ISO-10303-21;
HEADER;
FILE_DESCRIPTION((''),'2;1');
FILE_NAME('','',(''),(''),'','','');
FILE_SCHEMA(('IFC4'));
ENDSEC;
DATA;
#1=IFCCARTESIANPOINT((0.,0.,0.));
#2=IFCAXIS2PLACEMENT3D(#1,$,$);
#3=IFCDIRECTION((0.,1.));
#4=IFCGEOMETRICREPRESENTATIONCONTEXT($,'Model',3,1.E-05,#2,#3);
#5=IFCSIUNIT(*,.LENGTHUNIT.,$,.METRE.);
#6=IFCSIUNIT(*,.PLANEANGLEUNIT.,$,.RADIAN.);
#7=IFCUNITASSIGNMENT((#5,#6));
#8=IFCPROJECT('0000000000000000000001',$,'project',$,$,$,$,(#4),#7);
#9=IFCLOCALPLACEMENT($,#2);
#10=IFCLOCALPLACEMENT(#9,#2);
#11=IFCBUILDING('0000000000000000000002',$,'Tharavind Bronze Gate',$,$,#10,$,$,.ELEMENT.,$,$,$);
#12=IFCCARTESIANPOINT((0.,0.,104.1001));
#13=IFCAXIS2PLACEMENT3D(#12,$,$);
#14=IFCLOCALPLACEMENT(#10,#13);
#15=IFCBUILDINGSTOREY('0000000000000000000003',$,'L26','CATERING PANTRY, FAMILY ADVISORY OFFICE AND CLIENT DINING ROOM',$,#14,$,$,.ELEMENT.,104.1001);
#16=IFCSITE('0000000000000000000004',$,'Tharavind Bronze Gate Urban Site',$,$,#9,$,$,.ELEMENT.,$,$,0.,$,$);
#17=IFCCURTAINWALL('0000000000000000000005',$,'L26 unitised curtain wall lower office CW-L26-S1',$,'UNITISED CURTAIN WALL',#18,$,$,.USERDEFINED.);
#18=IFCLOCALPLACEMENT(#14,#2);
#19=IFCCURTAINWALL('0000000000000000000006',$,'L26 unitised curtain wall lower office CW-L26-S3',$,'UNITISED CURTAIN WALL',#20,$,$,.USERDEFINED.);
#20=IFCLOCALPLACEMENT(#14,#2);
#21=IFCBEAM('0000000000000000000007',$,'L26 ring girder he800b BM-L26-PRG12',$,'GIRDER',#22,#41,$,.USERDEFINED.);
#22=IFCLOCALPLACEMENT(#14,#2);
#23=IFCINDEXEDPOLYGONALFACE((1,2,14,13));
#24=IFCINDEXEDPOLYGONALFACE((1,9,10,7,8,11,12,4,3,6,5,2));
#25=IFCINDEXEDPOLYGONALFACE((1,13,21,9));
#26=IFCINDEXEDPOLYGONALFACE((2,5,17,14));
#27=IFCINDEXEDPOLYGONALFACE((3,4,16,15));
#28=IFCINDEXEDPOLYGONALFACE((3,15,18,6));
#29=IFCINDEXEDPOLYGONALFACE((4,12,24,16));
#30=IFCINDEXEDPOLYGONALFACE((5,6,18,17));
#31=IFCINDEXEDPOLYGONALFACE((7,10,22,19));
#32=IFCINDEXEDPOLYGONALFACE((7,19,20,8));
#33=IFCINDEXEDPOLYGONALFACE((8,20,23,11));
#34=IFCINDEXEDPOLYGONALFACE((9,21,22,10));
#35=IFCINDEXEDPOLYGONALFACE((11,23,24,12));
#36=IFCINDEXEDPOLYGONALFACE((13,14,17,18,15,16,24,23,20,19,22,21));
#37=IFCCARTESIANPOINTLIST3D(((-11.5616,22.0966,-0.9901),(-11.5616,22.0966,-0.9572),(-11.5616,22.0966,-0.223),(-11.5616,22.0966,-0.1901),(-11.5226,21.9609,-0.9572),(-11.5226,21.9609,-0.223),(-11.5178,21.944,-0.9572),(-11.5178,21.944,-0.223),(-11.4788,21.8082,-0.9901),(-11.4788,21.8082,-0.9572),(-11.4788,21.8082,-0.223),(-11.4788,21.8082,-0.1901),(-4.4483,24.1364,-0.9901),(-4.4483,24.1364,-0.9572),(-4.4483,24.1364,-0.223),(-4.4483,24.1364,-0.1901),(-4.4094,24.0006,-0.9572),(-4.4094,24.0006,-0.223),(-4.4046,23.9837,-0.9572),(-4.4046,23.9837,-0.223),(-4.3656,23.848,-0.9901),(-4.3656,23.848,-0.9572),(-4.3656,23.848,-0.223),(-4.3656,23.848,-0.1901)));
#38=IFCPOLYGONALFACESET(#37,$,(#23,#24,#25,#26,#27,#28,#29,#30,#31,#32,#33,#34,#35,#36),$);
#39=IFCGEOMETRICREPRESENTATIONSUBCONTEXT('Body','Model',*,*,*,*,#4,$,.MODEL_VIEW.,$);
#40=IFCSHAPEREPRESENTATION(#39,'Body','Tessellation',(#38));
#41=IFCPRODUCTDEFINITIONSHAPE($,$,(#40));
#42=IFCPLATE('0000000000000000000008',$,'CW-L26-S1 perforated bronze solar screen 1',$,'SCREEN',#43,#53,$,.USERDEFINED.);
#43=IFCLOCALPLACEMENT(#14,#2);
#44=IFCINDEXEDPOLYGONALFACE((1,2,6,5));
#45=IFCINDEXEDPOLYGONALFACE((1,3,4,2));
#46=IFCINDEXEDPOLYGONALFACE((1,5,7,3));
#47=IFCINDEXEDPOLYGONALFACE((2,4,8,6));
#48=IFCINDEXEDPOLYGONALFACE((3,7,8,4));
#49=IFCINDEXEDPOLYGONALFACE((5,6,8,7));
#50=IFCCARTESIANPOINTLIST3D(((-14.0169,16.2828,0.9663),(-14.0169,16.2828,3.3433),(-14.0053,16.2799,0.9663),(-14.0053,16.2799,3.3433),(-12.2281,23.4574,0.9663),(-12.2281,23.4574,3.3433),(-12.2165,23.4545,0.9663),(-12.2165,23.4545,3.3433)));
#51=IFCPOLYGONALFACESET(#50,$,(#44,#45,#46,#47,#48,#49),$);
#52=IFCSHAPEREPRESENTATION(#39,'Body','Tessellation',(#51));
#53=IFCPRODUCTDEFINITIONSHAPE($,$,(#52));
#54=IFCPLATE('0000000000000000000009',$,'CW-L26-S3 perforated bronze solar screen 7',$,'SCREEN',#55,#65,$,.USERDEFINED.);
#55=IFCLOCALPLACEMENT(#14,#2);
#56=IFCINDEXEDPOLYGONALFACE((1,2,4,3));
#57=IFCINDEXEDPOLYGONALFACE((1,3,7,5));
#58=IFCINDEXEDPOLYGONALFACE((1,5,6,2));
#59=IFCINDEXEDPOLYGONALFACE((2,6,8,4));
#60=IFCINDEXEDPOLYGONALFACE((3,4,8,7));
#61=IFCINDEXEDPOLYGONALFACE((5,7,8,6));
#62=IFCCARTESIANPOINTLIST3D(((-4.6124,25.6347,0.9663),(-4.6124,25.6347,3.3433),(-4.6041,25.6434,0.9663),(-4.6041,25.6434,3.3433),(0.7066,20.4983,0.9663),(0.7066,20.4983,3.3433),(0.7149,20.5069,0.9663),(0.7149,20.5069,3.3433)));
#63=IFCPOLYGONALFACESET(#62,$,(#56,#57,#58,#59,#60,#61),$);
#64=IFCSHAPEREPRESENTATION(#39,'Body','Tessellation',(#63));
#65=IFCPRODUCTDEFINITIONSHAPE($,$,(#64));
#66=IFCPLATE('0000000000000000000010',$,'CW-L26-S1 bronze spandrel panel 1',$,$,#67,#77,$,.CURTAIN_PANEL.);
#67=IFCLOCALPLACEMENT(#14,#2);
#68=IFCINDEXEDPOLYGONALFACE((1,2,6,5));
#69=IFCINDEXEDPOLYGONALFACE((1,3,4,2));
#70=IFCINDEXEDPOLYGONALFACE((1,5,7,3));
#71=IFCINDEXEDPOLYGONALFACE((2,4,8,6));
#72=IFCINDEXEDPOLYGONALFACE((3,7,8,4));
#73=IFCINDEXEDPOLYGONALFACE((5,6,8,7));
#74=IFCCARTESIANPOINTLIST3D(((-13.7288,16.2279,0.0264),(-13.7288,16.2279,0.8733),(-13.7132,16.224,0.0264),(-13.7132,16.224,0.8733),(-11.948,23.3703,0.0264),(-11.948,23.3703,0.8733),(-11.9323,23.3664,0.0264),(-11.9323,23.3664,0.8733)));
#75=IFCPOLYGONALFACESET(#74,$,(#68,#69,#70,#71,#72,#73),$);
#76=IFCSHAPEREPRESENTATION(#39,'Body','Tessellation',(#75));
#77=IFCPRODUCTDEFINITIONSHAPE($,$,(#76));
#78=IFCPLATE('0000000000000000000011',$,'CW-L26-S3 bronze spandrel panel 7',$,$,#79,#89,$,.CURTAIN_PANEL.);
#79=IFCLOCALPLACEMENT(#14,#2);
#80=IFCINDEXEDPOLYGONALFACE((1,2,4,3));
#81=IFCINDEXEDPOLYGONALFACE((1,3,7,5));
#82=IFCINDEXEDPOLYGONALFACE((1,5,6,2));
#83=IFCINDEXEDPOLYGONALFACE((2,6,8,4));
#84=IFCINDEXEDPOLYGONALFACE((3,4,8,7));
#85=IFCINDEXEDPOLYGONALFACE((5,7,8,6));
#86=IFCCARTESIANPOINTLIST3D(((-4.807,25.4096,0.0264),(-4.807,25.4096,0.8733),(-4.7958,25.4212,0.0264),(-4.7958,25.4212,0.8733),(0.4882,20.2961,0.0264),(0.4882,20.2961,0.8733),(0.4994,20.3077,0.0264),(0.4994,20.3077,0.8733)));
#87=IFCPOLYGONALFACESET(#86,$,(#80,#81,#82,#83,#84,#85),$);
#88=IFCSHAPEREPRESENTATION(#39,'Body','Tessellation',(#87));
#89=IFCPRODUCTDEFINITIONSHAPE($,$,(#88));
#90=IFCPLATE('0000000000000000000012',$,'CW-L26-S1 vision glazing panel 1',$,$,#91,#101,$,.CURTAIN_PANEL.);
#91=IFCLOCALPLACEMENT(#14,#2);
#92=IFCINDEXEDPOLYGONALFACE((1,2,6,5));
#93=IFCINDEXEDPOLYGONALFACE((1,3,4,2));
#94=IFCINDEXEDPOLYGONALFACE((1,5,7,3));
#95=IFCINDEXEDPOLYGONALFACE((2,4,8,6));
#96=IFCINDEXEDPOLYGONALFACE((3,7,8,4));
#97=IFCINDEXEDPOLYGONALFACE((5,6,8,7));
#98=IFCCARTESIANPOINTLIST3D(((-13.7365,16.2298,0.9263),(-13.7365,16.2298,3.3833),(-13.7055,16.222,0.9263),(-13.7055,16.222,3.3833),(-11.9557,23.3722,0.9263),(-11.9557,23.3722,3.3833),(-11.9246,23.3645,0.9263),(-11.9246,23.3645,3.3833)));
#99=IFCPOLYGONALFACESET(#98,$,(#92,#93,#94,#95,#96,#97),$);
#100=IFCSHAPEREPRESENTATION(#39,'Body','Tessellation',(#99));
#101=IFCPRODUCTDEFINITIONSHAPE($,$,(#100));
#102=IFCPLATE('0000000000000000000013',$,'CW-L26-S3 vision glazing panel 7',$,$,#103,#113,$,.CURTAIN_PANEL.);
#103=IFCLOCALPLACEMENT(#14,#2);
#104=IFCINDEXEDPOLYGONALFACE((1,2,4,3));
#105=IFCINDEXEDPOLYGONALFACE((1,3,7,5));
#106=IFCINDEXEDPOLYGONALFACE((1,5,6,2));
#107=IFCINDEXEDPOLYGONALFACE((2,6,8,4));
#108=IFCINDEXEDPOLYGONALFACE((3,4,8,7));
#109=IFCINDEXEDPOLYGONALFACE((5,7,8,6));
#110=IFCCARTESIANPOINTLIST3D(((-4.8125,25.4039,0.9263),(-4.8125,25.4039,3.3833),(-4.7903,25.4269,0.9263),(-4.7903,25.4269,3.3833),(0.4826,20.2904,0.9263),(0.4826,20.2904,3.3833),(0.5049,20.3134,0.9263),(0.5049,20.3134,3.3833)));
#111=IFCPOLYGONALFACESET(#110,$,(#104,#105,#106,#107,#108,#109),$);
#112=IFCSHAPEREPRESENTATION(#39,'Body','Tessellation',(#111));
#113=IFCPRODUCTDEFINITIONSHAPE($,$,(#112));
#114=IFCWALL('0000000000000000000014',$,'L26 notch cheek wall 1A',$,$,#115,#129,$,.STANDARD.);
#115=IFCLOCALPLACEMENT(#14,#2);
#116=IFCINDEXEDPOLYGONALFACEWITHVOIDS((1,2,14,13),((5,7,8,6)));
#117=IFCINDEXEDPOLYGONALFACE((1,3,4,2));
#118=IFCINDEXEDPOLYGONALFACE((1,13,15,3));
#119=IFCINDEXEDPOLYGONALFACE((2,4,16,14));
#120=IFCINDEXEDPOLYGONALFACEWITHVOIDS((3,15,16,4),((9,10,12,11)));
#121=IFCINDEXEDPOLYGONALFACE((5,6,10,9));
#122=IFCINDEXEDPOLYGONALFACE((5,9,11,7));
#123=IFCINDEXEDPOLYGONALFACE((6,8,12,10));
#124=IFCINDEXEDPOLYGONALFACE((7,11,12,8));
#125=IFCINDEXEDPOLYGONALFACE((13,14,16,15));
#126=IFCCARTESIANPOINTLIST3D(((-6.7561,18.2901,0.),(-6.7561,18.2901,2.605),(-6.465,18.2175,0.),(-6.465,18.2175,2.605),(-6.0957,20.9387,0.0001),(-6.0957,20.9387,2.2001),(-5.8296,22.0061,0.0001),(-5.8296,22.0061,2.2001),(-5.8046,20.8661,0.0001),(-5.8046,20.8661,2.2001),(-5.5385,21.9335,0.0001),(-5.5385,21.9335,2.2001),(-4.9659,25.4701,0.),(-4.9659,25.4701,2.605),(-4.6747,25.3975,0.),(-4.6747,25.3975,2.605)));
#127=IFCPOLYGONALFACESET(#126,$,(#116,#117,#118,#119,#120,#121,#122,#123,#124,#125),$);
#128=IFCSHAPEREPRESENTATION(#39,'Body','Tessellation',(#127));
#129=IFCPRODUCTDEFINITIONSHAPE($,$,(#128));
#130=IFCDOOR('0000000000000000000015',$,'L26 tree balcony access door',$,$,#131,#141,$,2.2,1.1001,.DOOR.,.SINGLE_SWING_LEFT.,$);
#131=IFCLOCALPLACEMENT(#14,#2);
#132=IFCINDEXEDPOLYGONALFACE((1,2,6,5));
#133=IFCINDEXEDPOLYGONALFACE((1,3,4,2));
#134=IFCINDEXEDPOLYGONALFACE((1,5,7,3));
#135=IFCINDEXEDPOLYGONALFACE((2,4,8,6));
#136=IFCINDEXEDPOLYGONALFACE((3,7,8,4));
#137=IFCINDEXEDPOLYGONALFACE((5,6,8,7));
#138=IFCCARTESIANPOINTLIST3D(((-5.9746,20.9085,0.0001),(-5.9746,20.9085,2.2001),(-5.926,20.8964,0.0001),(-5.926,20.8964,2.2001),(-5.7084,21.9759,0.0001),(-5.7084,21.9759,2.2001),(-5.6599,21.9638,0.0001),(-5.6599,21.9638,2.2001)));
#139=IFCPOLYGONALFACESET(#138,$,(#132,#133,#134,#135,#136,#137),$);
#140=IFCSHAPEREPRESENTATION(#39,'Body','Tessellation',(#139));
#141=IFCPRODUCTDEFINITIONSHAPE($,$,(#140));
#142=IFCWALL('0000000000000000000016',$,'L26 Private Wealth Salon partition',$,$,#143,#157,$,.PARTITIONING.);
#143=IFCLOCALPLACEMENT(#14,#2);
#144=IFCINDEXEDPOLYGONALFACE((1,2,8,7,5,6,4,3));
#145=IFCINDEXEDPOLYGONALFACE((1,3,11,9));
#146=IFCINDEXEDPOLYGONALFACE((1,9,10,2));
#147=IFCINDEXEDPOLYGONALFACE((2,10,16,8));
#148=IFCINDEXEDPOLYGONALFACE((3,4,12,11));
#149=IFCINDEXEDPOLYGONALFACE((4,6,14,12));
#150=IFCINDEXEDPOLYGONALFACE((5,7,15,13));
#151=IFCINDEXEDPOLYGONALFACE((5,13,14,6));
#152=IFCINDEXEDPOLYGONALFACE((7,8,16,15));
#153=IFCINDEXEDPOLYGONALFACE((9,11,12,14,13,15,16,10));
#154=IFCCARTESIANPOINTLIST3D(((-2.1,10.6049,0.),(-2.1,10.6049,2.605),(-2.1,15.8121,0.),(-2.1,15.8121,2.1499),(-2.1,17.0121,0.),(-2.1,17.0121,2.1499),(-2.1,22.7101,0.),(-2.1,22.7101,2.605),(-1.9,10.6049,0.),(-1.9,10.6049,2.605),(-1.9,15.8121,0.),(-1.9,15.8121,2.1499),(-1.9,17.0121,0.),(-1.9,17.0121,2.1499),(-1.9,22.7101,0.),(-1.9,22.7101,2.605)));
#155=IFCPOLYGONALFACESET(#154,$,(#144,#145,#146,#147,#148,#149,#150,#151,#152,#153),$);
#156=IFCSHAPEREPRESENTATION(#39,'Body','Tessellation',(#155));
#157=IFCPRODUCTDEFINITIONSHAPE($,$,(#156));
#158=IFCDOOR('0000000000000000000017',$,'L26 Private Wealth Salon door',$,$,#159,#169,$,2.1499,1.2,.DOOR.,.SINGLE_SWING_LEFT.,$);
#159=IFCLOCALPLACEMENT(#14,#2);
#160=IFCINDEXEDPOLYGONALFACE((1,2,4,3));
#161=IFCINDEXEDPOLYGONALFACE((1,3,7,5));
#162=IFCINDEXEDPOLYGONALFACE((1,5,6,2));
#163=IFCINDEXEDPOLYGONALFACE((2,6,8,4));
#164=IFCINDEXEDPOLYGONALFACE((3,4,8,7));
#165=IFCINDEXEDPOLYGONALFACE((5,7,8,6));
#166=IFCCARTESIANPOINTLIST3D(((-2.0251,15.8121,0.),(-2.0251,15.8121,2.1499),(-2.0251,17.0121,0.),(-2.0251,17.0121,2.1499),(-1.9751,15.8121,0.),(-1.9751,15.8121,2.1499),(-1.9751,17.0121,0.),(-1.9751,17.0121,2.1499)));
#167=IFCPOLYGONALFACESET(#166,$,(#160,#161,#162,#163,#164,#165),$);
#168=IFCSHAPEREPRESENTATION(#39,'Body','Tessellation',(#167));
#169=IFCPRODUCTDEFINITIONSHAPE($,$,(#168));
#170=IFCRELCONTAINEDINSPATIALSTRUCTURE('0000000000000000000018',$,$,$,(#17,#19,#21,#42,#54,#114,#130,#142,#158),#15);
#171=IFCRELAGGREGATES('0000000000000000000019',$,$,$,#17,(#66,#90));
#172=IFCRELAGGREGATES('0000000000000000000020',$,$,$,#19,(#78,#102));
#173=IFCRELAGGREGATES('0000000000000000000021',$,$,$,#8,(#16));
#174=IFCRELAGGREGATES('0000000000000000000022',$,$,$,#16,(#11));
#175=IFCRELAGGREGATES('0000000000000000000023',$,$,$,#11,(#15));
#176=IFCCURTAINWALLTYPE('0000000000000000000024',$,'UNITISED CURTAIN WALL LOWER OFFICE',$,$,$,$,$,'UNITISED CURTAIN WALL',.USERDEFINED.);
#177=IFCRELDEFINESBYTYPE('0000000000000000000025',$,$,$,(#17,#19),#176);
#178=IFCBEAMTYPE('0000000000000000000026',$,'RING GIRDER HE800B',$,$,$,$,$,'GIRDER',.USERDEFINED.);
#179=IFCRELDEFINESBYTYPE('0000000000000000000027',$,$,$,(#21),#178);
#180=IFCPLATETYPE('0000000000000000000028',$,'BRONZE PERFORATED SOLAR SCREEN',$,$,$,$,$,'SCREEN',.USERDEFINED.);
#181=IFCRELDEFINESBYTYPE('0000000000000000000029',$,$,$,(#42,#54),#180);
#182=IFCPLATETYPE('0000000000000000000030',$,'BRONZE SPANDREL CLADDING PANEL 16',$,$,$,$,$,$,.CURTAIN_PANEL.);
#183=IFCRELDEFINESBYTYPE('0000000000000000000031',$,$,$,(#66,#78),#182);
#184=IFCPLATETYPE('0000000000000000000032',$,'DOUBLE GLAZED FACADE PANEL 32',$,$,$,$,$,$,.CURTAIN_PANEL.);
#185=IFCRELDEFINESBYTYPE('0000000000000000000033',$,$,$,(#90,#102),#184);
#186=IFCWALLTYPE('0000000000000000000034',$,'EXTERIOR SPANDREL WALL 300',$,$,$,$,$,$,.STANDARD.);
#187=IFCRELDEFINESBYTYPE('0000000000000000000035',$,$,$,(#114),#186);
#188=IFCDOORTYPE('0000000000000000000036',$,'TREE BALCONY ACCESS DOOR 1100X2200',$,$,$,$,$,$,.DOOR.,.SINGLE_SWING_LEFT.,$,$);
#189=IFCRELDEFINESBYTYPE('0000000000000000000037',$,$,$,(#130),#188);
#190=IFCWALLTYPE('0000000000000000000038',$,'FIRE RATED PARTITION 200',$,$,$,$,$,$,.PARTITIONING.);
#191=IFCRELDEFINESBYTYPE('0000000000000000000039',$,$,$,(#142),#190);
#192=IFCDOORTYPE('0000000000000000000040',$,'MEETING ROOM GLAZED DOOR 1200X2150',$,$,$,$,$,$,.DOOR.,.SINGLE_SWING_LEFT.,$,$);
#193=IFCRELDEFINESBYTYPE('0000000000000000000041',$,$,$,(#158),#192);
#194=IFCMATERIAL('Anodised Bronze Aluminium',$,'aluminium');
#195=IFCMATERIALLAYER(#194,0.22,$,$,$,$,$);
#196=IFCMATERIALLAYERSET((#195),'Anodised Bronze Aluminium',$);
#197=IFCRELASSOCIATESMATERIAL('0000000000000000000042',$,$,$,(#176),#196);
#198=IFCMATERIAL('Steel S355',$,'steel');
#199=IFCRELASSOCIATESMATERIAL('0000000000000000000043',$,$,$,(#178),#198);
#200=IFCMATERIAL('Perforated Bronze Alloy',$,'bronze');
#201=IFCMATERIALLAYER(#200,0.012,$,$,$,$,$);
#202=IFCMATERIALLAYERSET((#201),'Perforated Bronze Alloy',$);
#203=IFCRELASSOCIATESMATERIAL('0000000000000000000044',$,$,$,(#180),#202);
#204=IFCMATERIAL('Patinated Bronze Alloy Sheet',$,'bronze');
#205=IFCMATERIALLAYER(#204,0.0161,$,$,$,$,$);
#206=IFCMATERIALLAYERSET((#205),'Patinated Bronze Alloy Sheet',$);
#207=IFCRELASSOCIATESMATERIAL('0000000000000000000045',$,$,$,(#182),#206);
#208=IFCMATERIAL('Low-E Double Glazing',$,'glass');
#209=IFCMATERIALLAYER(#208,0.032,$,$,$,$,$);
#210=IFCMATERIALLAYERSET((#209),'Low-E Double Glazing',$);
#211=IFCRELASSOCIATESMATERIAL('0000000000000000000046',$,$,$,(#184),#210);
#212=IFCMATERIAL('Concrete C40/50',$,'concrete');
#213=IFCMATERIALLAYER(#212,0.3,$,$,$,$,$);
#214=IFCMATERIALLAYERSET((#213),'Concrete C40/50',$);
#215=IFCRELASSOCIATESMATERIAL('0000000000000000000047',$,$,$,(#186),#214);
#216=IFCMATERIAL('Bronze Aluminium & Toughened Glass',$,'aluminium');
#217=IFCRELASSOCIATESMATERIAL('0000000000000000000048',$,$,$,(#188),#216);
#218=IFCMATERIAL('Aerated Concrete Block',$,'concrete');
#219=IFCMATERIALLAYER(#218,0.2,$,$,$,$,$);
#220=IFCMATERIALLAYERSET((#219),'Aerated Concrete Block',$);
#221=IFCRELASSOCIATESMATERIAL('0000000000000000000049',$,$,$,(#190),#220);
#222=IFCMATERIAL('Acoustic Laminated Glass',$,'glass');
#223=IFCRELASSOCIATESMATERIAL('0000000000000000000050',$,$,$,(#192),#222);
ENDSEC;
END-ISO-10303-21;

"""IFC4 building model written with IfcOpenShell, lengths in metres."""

from ifc_helpers import new_model, si_unit, direction, frame, frame_2d, origin, origin_2d, place, context, subcontext, project, spatial, rectangle, i_section, extrude, material, layer, layer_set, material_profile, profile_set, type_object, element, fill, aggregate, save


model = new_model("IFC4")

# Units and contexts
model_context = context("Model", 3, precision=1e-05, world=origin(), true_north=direction((0.0, 1.0)))
body_context = subcontext(model_context, "Body", "Model", "MODEL_VIEW")
ifc_project = project(units=[si_unit("LENGTHUNIT", "METRE"), si_unit("PLANEANGLEUNIT", "RADIAN")], contexts=[model_context])

# Site, building, storey
site_placement = place(None, origin())
site = spatial("IfcSite", under=ifc_project, at=site_placement, Name="Tharavind Bronze Gate Urban Site", CompositionType="ELEMENT", RefElevation=0.0)
building_placement = place(site_placement, origin())
building = spatial("IfcBuilding", under=site, at=building_placement, Name="Tharavind Bronze Gate", CompositionType="ELEMENT")
storey_placement = place(building_placement, frame((0.0, 0.0, 104.1001)))
storey = spatial("IfcBuildingStorey", under=building, at=storey_placement, Name="L26", Description="CATERING PANTRY, FAMILY ADVISORY OFFICE AND CLIENT DINING ROOM", CompositionType="ELEMENT", Elevation=104.1001)

# Curtain walls
ifc_material_1 = material(Name="Anodised Bronze Aluminium", Category="aluminium")
ifc_layer_1 = layer(ifc_material_1, 0.22)
ifc_layer_set_1 = layer_set([ifc_layer_1], Name="Anodised Bronze Aluminium")
curtain_wall_type = type_object("IfcCurtainWallType", Name="UNITISED CURTAIN WALL LOWER OFFICE", ElementType="UNITISED CURTAIN WALL", PredefinedType="USERDEFINED", material=ifc_layer_set_1)
curtain_wall_1_placement = place(storey_placement, origin())
curtain_wall_1 = element("IfcCurtainWall", 1, at=curtain_wall_1_placement, inside=storey, type_object=curtain_wall_type, Name="L26 unitised curtain wall lower office CW-L26-S1", ObjectType="UNITISED CURTAIN WALL", PredefinedType="USERDEFINED")
curtain_wall_2_placement = place(storey_placement, origin())
curtain_wall_2 = element("IfcCurtainWall", 2, at=curtain_wall_2_placement, inside=storey, type_object=curtain_wall_type, Name="L26 unitised curtain wall lower office CW-L26-S3", ObjectType="UNITISED CURTAIN WALL", PredefinedType="USERDEFINED")

# Beam
ifc_material_2 = material(Name="Steel S355", Category="steel")
ifc_material_profile_1 = material_profile(ifc_material_2, i_section(OverallWidth=0.3, OverallDepth=0.8, WebThickness=0.0176, FlangeThickness=0.033, at=origin_2d()), Name="HE800B")
ifc_profile_set_1 = profile_set([ifc_material_profile_1], Name="Steel S355")
beam_type_1 = type_object("IfcBeamType", Name="RING GIRDER HE800B", ElementType="GIRDER", PredefinedType="USERDEFINED", material=ifc_profile_set_1)
beam_1_placement = place(storey_placement, frame((-4.407, 23.9922, -0.5901), z_axis=(-0.961258, -0.275649, 0.0), x_axis=(0.275649, -0.961258, 0.0)))
element("IfcBeam", 3, at=beam_1_placement, inside=storey, type_object=beam_type_1, Name="L26 ring girder he800b BM-L26-PRG12", ObjectType="GIRDER", PredefinedType="USERDEFINED", context=body_context, shape_type="SweptSolid", body=[
    extrude(i_section(OverallWidth=0.3, OverallDepth=0.8, WebThickness=0.0176, FlangeThickness=0.033, at=origin_2d()), origin(), (0.0, 0.0, 1.0), 7.3999),
])

# Plates
ifc_material_3 = material(Name="Perforated Bronze Alloy", Category="bronze")
ifc_layer_2 = layer(ifc_material_3, 0.012)
ifc_layer_set_2 = layer_set([ifc_layer_2], Name="Perforated Bronze Alloy")
plate_type_1 = type_object("IfcPlateType", Name="BRONZE PERFORATED SOLAR SCREEN", ElementType="SCREEN", PredefinedType="USERDEFINED", material=ifc_layer_set_2)
for number, where, z_axis, x_axis, name in (
    (4, (-13.1167, 19.8687, 0.9663), (0.0, 0.0, 1.0), (-0.241922, -0.970296, 0.0), "CW-L26-S1 perforated bronze solar screen 1"),
    (5, (-1.9487, 23.0708, 0.9663), (0.0, 0.0, 1.0), (-0.719341, 0.694657, 0.0), "CW-L26-S3 perforated bronze solar screen 7"),
):
    element("IfcPlate", number, at=place(storey_placement, frame(where, z_axis=z_axis, x_axis=x_axis)), inside=storey, type_object=plate_type_1, Name=name, ObjectType="SCREEN", PredefinedType="USERDEFINED", context=body_context, shape_type="SweptSolid", body=[
        extrude(rectangle(XDim=7.3943, YDim=0.012, at=origin_2d()), origin(), (0.0, 0.0, 1.0), 2.377),
    ])

# Plates
ifc_material_4 = material(Name="Patinated Bronze Alloy Sheet", Category="bronze")
ifc_layer_3 = layer(ifc_material_4, 0.0161)
ifc_layer_set_3 = layer_set([ifc_layer_3], Name="Patinated Bronze Alloy Sheet")
plate_type_2 = type_object("IfcPlateType", Name="BRONZE SPANDREL CLADDING PANEL 16", PredefinedType="CURTAIN_PANEL", material=ifc_layer_set_3)
plate_1_placement = place(storey_placement, frame((-12.8306, 19.7971, 0.0264), z_axis=(0.0, 0.0, 1.0), x_axis=(-0.241922, -0.970296, 0.0)))
plate_1 = element("IfcPlate", 6, at=plate_1_placement, type_object=plate_type_2, Name="CW-L26-S1 bronze spandrel panel 1", PredefinedType="CURTAIN_PANEL", context=body_context, shape_type="SweptSolid", body=[
    extrude(rectangle(XDim=7.3611, YDim=0.0161, at=origin_2d()), origin(), (0.0, 0.0, 1.0), 0.8469),
])
plate_2_placement = place(storey_placement, frame((-2.1538, 22.8586, 0.0264), z_axis=(0.0, 0.0, 1.0), x_axis=(-0.719341, 0.694657, 0.0)))
plate_2 = element("IfcPlate", 7, at=plate_2_placement, type_object=plate_type_2, Name="CW-L26-S3 bronze spandrel panel 7", PredefinedType="CURTAIN_PANEL", context=body_context, shape_type="SweptSolid", body=[
    extrude(rectangle(XDim=7.3611, YDim=0.0161, at=origin_2d()), origin(), (0.0, 0.0, 1.0), 0.8469),
])
ifc_material_5 = material(Name="Low-E Double Glazing", Category="glass")
ifc_layer_4 = layer(ifc_material_5, 0.032)
ifc_layer_set_4 = layer_set([ifc_layer_4], Name="Low-E Double Glazing")
plate_type_3 = type_object("IfcPlateType", Name="DOUBLE GLAZED FACADE PANEL 32", PredefinedType="CURTAIN_PANEL", material=ifc_layer_set_4)
plate_3_placement = place(storey_placement, frame((-12.8306, 19.7971, 0.9263), z_axis=(0.0, 0.0, 1.0), x_axis=(-0.241922, -0.970296, 0.0)))
plate_3 = element("IfcPlate", 8, at=plate_3_placement, type_object=plate_type_3, Name="CW-L26-S1 vision glazing panel 1", PredefinedType="CURTAIN_PANEL", context=body_context, shape_type="SweptSolid", body=[
    extrude(rectangle(XDim=7.3611, YDim=0.032, at=origin_2d()), origin(), (0.0, 0.0, 1.0), 2.457),
])
aggregate(curtain_wall_1, [plate_1, plate_3])
plate_4_placement = place(storey_placement, frame((-2.1538, 22.8586, 0.9263), z_axis=(0.0, 0.0, 1.0), x_axis=(-0.719341, 0.694657, 0.0)))
plate_4 = element("IfcPlate", 9, at=plate_4_placement, type_object=plate_type_3, Name="CW-L26-S3 vision glazing panel 7", PredefinedType="CURTAIN_PANEL", context=body_context, shape_type="SweptSolid", body=[
    extrude(rectangle(XDim=7.3611, YDim=0.032, at=origin_2d()), origin(), (0.0, 0.0, 1.0), 2.457),
])
aggregate(curtain_wall_2, [plate_2, plate_4])

# Walls, openings, doors
ifc_material_6 = material(Name="Concrete C40/50", Category="concrete")
ifc_layer_5 = layer(ifc_material_6, 0.3)
ifc_layer_set_5 = layer_set([ifc_layer_5], Name="Concrete C40/50")
wall_type_1 = type_object("IfcWallType", Name="EXTERIOR SPANDREL WALL 300", PredefinedType="STANDARD", material=ifc_layer_set_5)
wall_1_placement = place(storey_placement, frame((-4.8203, 25.4338, 0.0), z_axis=(0.0, 0.0, 1.0), x_axis=(-0.24193, -0.970294, 0.0)))
wall_1 = element("IfcWall", 10, at=wall_1_placement, inside=storey, type_object=wall_type_1, Name="L26 notch cheek wall 1A", PredefinedType="STANDARD", context=body_context, shape_type="SweptSolid", body=[
    extrude(rectangle(XDim=7.3999, YDim=0.3, at=frame_2d((3.7, 0.0))), origin(), (0.0, 0.0, 1.0), 2.605),
])
opening_1_placement = place(wall_1_placement, frame((3.5701, 0.0, 0.0)))
opening_1 = element("IfcOpeningElement", 11, at=opening_1_placement, cuts=wall_1, PredefinedType="OPENING", context=body_context, shape_type="SweptSolid", body=[
    extrude(rectangle(XDim=1.1001, YDim=2.2, at=frame_2d((0.55, 1.1001))), frame((0.0, 0.1599, 0.0), z_axis=(0.0, -1.0, 0.0), x_axis=(1.0, 0.0, 0.0)), (0.0, 0.0, 1.0), 0.32),
])
ifc_material_7 = material(Name="Bronze Aluminium & Toughened Glass", Category="aluminium")
door_type_1 = type_object("IfcDoorType", Name="TREE BALCONY ACCESS DOOR 1100X2200", OperationType="SINGLE_SWING_LEFT", PredefinedType="DOOR", material=ifc_material_7)
door_1_placement = place(opening_1_placement, origin())
door_1 = element("IfcDoor", 12, at=door_1_placement, inside=storey, type_object=door_type_1, Name="L26 tree balcony access door", OperationType="SINGLE_SWING_LEFT", OverallHeight=2.2, OverallWidth=1.1001, PredefinedType="DOOR", context=body_context, shape_type="SweptSolid", body=[
    extrude(rectangle(XDim=1.1001, YDim=2.2, at=frame_2d((0.55, 1.1001))), frame((0.0, 0.0249, 0.0), z_axis=(0.0, -1.0, 0.0), x_axis=(1.0, 0.0, 0.0)), (0.0, 0.0, 1.0), 0.05),
])
fill(opening_1, door_1)
ifc_material_8 = material(Name="Aerated Concrete Block", Category="concrete")
ifc_layer_6 = layer(ifc_material_8, 0.2)
ifc_layer_set_6 = layer_set([ifc_layer_6], Name="Aerated Concrete Block")
wall_type_2 = type_object("IfcWallType", Name="FIRE RATED PARTITION 200", PredefinedType="PARTITIONING", material=ifc_layer_set_6)
wall_2_placement = place(storey_placement, frame((-2.0, 22.7102, 0.0), z_axis=(0.0, 0.0, 1.0), x_axis=(0.0, -1.0, 0.0)))
wall_2 = element("IfcWall", 13, at=wall_2_placement, inside=storey, type_object=wall_type_2, Name="L26 Private Wealth Salon partition", PredefinedType="PARTITIONING", context=body_context, shape_type="SweptSolid", body=[
    extrude(rectangle(XDim=12.1052, YDim=0.2, at=frame_2d((6.0527, 0.0))), origin(), (0.0, 0.0, 1.0), 2.605),
])
opening_2_placement = place(wall_2_placement, frame((5.698, 0.0, 0.0)))
opening_2 = element("IfcOpeningElement", 14, at=opening_2_placement, cuts=wall_2, PredefinedType="OPENING", context=body_context, shape_type="SweptSolid", body=[
    extrude(rectangle(XDim=1.2, YDim=2.1499, at=frame_2d((0.6001, 1.075))), frame((0.0, 0.1101, 0.0), z_axis=(0.0, -1.0, 0.0), x_axis=(1.0, 0.0, 0.0)), (0.0, 0.0, 1.0), 0.22),
])
ifc_material_9 = material(Name="Acoustic Laminated Glass", Category="glass")
door_type_2 = type_object("IfcDoorType", Name="MEETING ROOM GLAZED DOOR 1200X2150", OperationType="SINGLE_SWING_LEFT", PredefinedType="DOOR", material=ifc_material_9)
door_2_placement = place(opening_2_placement, origin())
door_2 = element("IfcDoor", 15, at=door_2_placement, inside=storey, type_object=door_type_2, Name="L26 Private Wealth Salon door", OperationType="SINGLE_SWING_LEFT", OverallHeight=2.1499, OverallWidth=1.2, PredefinedType="DOOR", context=body_context, shape_type="SweptSolid", body=[
    extrude(rectangle(XDim=1.2, YDim=2.1499, at=frame_2d((0.6001, 1.075))), frame((0.0, 0.0249, 0.0), z_axis=(0.0, -1.0, 0.0), x_axis=(1.0, 0.0, 0.0)), (0.0, 0.0, 1.0), 0.05),
])
fill(opening_2, door_2)

save(model, "model.ifc")
